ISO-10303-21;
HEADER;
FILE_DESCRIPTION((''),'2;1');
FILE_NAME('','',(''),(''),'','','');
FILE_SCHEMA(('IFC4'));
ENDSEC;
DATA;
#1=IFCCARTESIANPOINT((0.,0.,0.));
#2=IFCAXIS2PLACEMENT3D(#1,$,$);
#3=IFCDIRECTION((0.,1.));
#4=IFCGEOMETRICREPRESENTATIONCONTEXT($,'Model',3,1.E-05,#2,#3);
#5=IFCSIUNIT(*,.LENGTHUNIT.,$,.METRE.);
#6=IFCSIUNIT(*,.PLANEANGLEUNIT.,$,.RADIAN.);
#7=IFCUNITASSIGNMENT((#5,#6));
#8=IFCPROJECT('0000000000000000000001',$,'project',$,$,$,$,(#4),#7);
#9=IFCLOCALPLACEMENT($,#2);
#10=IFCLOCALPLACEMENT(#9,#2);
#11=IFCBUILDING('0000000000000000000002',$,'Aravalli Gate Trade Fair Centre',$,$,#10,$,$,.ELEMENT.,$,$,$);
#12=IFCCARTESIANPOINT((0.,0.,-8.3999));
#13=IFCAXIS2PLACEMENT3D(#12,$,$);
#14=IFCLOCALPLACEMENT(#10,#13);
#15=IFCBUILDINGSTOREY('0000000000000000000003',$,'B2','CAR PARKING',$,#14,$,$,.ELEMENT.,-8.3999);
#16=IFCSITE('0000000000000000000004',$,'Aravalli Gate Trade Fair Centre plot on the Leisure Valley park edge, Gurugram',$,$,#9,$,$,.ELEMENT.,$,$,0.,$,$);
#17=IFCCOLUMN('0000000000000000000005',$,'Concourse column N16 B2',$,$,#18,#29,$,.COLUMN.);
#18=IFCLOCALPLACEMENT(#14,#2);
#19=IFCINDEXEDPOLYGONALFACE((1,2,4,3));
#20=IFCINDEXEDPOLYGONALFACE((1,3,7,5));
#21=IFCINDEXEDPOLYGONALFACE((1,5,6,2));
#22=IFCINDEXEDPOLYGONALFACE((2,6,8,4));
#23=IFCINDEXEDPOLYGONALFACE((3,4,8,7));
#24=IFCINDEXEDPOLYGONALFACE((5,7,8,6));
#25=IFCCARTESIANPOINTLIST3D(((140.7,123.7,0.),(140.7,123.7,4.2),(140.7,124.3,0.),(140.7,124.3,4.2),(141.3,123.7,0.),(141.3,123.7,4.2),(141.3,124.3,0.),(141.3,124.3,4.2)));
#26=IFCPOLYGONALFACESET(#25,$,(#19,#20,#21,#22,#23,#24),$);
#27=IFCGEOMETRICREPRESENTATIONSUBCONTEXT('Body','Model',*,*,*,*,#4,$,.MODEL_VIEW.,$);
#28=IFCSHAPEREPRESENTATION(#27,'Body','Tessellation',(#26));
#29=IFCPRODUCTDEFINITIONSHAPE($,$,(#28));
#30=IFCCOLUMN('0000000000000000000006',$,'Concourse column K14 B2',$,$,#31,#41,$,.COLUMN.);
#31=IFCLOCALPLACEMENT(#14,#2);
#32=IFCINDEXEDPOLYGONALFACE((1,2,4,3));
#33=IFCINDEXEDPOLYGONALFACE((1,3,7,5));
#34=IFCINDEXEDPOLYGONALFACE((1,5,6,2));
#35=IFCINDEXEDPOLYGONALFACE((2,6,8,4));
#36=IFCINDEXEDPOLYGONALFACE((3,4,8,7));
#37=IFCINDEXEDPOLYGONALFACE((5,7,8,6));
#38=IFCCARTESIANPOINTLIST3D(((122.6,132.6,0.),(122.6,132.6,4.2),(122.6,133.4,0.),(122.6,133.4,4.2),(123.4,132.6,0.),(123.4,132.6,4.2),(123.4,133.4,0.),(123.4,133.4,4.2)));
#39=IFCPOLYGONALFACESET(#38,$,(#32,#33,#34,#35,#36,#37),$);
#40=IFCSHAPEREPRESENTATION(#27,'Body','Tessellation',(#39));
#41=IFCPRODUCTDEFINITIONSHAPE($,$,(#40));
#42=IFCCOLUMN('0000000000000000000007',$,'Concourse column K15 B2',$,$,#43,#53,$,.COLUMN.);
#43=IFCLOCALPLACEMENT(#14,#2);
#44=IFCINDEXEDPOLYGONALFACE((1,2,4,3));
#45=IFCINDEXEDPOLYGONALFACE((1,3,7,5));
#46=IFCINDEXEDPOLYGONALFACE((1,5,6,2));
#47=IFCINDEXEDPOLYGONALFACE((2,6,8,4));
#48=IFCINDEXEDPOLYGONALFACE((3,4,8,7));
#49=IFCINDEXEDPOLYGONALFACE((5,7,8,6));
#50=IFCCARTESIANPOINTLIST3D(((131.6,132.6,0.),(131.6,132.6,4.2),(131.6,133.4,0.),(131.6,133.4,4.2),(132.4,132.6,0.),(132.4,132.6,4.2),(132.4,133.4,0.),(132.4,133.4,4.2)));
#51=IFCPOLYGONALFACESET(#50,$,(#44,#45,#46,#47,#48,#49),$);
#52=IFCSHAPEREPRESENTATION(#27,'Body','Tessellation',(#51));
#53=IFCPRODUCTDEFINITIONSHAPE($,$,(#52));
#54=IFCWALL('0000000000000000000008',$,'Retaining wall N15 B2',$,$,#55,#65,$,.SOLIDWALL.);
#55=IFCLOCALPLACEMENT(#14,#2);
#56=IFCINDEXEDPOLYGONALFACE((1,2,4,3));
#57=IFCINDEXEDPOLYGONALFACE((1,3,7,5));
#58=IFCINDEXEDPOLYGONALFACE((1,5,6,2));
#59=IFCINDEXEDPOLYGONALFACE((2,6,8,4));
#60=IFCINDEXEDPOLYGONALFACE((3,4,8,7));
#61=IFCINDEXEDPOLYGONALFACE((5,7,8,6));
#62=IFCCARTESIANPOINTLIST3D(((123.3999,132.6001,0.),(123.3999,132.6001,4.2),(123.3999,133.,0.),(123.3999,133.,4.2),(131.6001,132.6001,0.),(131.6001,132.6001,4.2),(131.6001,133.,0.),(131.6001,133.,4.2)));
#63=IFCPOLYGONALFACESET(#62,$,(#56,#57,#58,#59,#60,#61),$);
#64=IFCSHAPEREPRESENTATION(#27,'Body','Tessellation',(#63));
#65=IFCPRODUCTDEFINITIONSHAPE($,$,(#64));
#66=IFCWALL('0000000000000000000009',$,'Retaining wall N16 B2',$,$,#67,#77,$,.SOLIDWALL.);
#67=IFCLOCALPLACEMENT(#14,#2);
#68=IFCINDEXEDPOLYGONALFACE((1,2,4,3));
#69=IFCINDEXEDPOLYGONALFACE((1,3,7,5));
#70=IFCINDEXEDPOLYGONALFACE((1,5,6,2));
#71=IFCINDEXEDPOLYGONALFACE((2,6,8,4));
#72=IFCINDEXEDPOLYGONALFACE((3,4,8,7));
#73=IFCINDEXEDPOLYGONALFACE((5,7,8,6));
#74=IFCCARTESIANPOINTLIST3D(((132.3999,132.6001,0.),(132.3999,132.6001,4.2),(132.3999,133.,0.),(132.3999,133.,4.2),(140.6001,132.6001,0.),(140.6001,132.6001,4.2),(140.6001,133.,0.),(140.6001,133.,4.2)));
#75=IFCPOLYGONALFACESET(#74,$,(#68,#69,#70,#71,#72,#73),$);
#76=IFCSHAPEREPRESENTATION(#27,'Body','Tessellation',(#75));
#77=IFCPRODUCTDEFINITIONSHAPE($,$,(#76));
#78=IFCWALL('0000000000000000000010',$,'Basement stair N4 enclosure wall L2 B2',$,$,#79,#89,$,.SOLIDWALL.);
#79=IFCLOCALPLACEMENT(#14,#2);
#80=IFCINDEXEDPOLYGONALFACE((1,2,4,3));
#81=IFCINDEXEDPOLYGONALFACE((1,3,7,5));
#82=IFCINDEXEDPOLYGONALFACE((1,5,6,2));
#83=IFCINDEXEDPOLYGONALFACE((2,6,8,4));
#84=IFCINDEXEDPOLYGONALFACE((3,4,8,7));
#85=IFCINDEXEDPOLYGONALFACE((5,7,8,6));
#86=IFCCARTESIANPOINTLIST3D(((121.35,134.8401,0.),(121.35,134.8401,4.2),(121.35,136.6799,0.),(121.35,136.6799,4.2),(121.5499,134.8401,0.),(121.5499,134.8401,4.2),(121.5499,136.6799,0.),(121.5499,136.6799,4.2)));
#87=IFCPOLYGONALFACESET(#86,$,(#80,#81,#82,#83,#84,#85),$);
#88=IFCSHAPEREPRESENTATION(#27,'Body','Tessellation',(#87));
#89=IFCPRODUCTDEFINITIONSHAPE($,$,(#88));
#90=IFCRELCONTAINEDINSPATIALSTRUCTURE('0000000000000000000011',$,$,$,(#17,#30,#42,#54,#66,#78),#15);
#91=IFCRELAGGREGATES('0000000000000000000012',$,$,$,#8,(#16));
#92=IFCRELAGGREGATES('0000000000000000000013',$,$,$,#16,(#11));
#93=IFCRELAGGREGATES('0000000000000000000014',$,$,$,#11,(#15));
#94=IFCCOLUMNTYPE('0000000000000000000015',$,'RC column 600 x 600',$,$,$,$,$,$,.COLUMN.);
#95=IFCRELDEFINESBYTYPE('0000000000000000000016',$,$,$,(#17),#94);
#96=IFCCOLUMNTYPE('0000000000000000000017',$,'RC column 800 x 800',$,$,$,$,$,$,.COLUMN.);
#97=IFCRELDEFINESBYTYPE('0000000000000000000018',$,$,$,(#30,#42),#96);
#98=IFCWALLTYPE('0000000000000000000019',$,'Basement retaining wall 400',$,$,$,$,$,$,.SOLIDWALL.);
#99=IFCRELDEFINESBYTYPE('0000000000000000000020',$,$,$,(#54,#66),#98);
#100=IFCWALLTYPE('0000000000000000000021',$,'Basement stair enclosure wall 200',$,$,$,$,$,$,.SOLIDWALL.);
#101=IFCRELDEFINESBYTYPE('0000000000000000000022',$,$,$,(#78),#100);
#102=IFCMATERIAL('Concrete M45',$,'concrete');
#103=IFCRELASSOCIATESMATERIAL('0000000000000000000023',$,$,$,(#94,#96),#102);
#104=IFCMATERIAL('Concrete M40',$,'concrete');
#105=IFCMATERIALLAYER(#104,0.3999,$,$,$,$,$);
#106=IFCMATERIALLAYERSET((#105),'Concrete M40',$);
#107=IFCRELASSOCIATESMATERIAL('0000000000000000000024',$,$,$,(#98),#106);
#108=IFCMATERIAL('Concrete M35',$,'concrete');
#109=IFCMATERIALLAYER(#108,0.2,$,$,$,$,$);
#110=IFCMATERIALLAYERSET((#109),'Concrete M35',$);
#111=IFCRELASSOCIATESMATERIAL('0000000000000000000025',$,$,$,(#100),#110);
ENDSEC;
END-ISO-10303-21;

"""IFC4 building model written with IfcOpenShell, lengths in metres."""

from ifc_helpers import new_model, si_unit, direction, frame, frame_2d, origin, origin_2d, place, context, subcontext, project, spatial, rectangle, extrude, material, layer, layer_set, material_profile, profile_set, type_object, element, save


model = new_model("IFC4")

# Units and contexts
model_context = context("Model", 3, precision=1e-05, world=origin(), true_north=direction((0.0, 1.0)))
body_context = subcontext(model_context, "Body", "Model", "MODEL_VIEW")
ifc_project = project(units=[si_unit("LENGTHUNIT", "METRE"), si_unit("PLANEANGLEUNIT", "RADIAN")], contexts=[model_context])

# Site, building, storey
site_placement = place(None, origin())
site = spatial("IfcSite", under=ifc_project, at=site_placement, Name="Aravalli Gate Trade Fair Centre plot on the Leisure Valley park edge, Gurugram", CompositionType="ELEMENT", RefElevation=0.0)
building_placement = place(site_placement, origin())
building = spatial("IfcBuilding", under=site, at=building_placement, Name="Aravalli Gate Trade Fair Centre", CompositionType="ELEMENT")
storey_placement = place(building_placement, frame((0.0, 0.0, -8.3999)))
storey = spatial("IfcBuildingStorey", under=building, at=storey_placement, Name="B2", Description="CAR PARKING", CompositionType="ELEMENT", Elevation=-8.3999)

# Shared definitions
ifc_material_1 = material(Name="Concrete M35", Category="concrete")

# Columns
ifc_material_2 = material(Name="Concrete M45", Category="concrete")
ifc_material_profile_1 = material_profile(ifc_material_2, rectangle(XDim=0.6001, YDim=0.6001, at=origin_2d()), Name="RC column 600 x 600")
ifc_profile_set_1 = profile_set([ifc_material_profile_1], Name="Concrete M45")
column_type_1 = type_object("IfcColumnType", Name="RC column 600 x 600", PredefinedType="COLUMN", material=ifc_profile_set_1)
for number, where, z_axis, x_axis, name in (
    (1, (141.0, 124.0, 0.0), (0.0, 0.0, 1.0), (1.0, 0.0, 0.0), "Concourse column N16 B2"),
):
    element("IfcColumn", number, at=place(storey_placement, frame(where, z_axis=z_axis, x_axis=x_axis)), inside=storey, type_object=column_type_1, Name=name, PredefinedType="COLUMN", context=body_context, shape_type="SweptSolid", body=[
        extrude(rectangle(XDim=0.6001, YDim=0.6001, at=origin_2d()), origin(), (0.0, 0.0, 1.0), 4.2),
    ])
ifc_material_profile_2 = material_profile(ifc_material_2, rectangle(XDim=0.8, YDim=0.8, at=origin_2d()), Name="RC column 800 x 800")
ifc_profile_set_2 = profile_set([ifc_material_profile_2], Name="Concrete M45")
column_type_2 = type_object("IfcColumnType", Name="RC column 800 x 800", PredefinedType="COLUMN", material=ifc_profile_set_2)
for number, where, z_axis, x_axis, name in (
    (2, (123.0, 133.0, 0.0), (0.0, 0.0, 1.0), (1.0, 0.0, 0.0), "Concourse column K14 B2"),
    (3, (132.0, 133.0, 0.0), (0.0, 0.0, 1.0), (1.0, 0.0, 0.0), "Concourse column K15 B2"),
):
    element("IfcColumn", number, at=place(storey_placement, frame(where, z_axis=z_axis, x_axis=x_axis)), inside=storey, type_object=column_type_2, Name=name, PredefinedType="COLUMN", context=body_context, shape_type="SweptSolid", body=[
        extrude(rectangle(XDim=0.8, YDim=0.8, at=origin_2d()), origin(), (0.0, 0.0, 1.0), 4.2),
    ])

# Walls
ifc_material_3 = material(Name="Concrete M40", Category="concrete")
ifc_layer_1 = layer(ifc_material_3, 0.3999)
ifc_layer_set_1 = layer_set([ifc_layer_1], Name="Concrete M40")
wall_type_1 = type_object("IfcWallType", Name="Basement retaining wall 400", PredefinedType="SOLIDWALL", material=ifc_layer_set_1)
for number, where, z_axis, x_axis, name in (
    (4, (123.3999, 132.8, 0.0), (0.0, 0.0, 1.0), (1.0, 0.0, 0.0), "Retaining wall N15 B2"),
    (5, (132.3999, 132.8, 0.0), (0.0, 0.0, 1.0), (1.0, 0.0, 0.0), "Retaining wall N16 B2"),
):
    element("IfcWall", number, at=place(storey_placement, frame(where, z_axis=z_axis, x_axis=x_axis)), inside=storey, type_object=wall_type_1, Name=name, PredefinedType="SOLIDWALL", context=body_context, shape_type="SweptSolid", body=[
        extrude(rectangle(XDim=8.2002, YDim=0.3999, at=frame_2d((4.1001, 0.0))), origin(), (0.0, 0.0, 1.0), 4.2),
    ])
ifc_layer_2 = layer(ifc_material_1, 0.2)
ifc_layer_set_2 = layer_set([ifc_layer_2], Name="Concrete M35")
wall_type_2 = type_object("IfcWallType", Name="Basement stair enclosure wall 200", PredefinedType="SOLIDWALL", material=ifc_layer_set_2)
wall_placement = place(storey_placement, frame((121.45, 134.8401, 0.0), z_axis=(0.0, 0.0, 1.0), x_axis=(0.0, 1.0, 0.0)))
element("IfcWall", 6, at=wall_placement, inside=storey, type_object=wall_type_2, Name="Basement stair N4 enclosure wall L2 B2", PredefinedType="SOLIDWALL", context=body_context, shape_type="SweptSolid", body=[
    extrude(rectangle(XDim=1.8398, YDim=0.2, at=frame_2d((0.9199, 0.0))), origin(), (0.0, 0.0, 1.0), 4.2),
])

save(model, "model.ifc")
